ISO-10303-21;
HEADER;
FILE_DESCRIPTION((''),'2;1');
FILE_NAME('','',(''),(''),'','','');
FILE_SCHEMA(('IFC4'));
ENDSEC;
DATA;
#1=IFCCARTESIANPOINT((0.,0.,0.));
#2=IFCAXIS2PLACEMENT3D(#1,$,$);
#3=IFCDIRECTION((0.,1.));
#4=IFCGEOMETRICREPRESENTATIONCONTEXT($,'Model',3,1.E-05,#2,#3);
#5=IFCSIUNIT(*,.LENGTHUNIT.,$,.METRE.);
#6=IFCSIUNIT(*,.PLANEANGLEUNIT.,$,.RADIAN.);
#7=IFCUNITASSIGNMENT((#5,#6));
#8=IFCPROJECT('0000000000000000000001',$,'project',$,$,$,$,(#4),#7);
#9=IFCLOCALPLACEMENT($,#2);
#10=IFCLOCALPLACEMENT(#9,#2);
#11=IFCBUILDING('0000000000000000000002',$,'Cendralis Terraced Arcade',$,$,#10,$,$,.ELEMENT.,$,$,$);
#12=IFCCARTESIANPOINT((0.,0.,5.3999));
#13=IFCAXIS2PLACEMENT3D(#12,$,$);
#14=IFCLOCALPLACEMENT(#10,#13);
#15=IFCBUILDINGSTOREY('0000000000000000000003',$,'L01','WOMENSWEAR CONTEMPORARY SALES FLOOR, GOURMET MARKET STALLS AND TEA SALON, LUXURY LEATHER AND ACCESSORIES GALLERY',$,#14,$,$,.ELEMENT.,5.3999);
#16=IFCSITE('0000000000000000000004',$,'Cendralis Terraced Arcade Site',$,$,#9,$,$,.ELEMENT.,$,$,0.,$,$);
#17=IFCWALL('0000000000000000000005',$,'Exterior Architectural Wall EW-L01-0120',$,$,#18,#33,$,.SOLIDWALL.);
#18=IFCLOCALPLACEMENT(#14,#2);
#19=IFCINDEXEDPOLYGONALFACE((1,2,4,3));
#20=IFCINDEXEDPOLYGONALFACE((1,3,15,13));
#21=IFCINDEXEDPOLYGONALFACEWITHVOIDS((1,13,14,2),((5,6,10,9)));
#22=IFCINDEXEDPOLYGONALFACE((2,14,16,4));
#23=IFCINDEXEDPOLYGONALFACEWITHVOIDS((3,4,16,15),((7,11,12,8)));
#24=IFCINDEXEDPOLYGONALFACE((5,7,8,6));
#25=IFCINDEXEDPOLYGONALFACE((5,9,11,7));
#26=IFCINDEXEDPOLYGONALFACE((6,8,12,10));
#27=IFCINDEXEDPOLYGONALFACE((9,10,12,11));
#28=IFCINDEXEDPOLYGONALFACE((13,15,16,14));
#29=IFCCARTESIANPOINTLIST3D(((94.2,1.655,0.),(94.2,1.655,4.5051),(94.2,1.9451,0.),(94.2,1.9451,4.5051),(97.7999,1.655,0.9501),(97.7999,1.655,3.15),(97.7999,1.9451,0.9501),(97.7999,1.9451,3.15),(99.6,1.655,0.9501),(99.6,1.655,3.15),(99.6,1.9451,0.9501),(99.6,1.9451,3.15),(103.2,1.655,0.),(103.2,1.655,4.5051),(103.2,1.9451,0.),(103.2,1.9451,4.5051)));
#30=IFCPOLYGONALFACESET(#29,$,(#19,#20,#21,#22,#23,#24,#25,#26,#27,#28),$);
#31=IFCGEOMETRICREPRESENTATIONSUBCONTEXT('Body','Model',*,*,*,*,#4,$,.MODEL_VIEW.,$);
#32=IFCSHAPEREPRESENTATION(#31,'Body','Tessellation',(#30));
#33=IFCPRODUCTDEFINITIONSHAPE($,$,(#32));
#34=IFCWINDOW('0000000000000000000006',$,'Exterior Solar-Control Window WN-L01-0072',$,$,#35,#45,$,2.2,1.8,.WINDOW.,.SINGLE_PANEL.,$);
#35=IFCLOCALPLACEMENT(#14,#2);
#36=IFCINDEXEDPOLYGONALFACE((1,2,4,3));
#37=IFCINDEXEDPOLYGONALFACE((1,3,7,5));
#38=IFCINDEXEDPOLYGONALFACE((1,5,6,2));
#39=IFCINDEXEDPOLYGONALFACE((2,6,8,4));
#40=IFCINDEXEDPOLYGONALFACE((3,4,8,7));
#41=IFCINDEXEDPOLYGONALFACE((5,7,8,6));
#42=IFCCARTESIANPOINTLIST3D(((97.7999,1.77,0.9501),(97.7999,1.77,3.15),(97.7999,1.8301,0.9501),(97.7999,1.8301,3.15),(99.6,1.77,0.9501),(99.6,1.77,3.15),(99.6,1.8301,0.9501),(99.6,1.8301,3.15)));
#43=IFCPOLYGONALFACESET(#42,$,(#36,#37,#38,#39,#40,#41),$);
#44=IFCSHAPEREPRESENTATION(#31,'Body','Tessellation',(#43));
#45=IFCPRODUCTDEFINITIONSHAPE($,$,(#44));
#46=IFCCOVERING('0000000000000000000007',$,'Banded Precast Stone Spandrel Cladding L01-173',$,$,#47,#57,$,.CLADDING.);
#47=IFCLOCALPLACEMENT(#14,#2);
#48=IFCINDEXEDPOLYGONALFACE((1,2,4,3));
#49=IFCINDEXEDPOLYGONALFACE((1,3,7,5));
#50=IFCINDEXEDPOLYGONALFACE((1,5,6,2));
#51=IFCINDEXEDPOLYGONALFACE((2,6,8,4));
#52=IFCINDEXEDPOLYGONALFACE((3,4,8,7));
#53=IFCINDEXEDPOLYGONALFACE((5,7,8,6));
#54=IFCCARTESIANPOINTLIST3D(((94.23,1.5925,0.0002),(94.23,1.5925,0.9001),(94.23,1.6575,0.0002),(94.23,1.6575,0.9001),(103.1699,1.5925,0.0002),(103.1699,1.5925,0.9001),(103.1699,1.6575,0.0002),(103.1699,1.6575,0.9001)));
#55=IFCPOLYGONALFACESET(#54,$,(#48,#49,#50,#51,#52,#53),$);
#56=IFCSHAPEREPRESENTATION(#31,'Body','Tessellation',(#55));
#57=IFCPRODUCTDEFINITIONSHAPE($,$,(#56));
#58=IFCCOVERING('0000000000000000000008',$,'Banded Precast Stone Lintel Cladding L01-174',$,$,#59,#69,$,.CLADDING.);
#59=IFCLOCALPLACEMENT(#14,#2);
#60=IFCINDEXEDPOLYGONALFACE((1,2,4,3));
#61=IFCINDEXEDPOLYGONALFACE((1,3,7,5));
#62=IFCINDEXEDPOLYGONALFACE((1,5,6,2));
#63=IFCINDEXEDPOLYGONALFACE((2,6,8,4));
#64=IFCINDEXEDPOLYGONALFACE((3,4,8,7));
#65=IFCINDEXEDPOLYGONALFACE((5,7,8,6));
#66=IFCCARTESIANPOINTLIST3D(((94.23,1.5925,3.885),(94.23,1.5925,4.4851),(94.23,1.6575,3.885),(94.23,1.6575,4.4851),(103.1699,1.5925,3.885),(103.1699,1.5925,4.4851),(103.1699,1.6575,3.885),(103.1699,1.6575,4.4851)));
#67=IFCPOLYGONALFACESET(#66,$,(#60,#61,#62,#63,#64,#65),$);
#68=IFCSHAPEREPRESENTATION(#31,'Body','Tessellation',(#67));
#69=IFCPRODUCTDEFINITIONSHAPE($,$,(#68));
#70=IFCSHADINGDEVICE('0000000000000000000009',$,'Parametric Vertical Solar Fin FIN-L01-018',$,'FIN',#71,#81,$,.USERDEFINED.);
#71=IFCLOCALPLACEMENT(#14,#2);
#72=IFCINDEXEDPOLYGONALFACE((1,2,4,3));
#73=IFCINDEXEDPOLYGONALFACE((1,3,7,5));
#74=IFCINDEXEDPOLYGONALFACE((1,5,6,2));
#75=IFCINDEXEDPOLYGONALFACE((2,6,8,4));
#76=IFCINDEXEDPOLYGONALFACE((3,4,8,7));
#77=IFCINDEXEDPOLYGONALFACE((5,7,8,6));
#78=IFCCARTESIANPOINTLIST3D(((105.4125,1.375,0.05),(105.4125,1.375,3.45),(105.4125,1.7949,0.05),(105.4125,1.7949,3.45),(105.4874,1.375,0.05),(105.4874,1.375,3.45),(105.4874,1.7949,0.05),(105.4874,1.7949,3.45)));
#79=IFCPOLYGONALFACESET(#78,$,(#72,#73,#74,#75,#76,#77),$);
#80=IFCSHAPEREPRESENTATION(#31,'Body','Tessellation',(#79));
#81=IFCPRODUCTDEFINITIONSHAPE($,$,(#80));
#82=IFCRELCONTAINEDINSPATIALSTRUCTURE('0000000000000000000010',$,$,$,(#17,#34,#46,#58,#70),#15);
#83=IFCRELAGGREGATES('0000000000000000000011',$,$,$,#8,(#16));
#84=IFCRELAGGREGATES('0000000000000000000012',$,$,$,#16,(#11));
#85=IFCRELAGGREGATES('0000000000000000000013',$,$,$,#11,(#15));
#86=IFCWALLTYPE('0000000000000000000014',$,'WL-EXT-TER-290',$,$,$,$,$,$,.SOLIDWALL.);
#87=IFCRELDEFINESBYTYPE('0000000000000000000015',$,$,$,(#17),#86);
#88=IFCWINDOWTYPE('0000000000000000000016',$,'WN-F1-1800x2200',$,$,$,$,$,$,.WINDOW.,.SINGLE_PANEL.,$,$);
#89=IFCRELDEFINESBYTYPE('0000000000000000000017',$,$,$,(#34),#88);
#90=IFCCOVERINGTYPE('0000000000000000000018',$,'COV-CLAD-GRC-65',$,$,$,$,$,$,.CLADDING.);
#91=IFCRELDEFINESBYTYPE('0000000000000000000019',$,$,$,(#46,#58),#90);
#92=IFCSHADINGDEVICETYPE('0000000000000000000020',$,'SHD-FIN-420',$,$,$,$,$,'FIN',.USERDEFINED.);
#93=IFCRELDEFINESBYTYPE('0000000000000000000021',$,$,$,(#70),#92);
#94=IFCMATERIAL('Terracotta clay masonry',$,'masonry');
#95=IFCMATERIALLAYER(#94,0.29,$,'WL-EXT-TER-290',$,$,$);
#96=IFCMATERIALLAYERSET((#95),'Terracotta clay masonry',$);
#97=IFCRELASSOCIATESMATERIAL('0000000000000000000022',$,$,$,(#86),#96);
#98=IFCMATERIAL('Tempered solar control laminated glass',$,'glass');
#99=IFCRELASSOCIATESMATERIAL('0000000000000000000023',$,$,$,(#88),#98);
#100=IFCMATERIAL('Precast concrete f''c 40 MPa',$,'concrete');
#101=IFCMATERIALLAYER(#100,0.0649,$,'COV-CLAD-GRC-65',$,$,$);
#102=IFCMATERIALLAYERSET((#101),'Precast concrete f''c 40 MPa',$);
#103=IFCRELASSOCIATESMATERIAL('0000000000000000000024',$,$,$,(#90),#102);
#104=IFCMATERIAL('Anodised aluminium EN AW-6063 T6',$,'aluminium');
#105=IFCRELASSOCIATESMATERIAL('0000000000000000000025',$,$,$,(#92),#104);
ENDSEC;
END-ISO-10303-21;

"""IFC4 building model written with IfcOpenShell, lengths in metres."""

from ifc_helpers import new_model, si_unit, direction, frame, frame_2d, origin, origin_2d, place, context, subcontext, project, spatial, rectangle, extrude, material, layer, layer_set, type_object, element, fill, save


model = new_model("IFC4")

# Units and contexts
model_context = context("Model", 3, precision=1e-05, world=origin(), true_north=direction((0.0, 1.0)))
body_context = subcontext(model_context, "Body", "Model", "MODEL_VIEW")
ifc_project = project(units=[si_unit("LENGTHUNIT", "METRE"), si_unit("PLANEANGLEUNIT", "RADIAN")], contexts=[model_context])

# Site, building, storey
site_placement = place(None, origin())
site = spatial("IfcSite", under=ifc_project, at=site_placement, Name="Cendralis Terraced Arcade Site", CompositionType="ELEMENT", RefElevation=0.0)
building_placement = place(site_placement, origin())
building = spatial("IfcBuilding", under=site, at=building_placement, Name="Cendralis Terraced Arcade", CompositionType="ELEMENT")
storey_placement = place(building_placement, frame((0.0, 0.0, 5.3999)))
storey = spatial("IfcBuildingStorey", under=building, at=storey_placement, Name="L01", Description="WOMENSWEAR CONTEMPORARY SALES FLOOR, GOURMET MARKET STALLS AND TEA SALON, LUXURY LEATHER AND ACCESSORIES GALLERY", CompositionType="ELEMENT", Elevation=5.3999)

# Shared definitions
ifc_material_1 = material(Name="Anodised aluminium EN AW-6063 T6", Category="aluminium")

# Shared definitions
ifc_material_2 = material(Name="Tempered solar control laminated glass", Category="glass")

# Wall, opening, window
ifc_material_3 = material(Name="Terracotta clay masonry", Category="masonry")
ifc_layer_1 = layer(ifc_material_3, 0.29, Name="WL-EXT-TER-290")
ifc_layer_set_1 = layer_set([ifc_layer_1], Name="Terracotta clay masonry")
wall_type = type_object("IfcWallType", Name="WL-EXT-TER-290", PredefinedType="SOLIDWALL", material=ifc_layer_set_1)
wall_placement = place(storey_placement, frame((103.2, 1.8, 0.0), z_axis=(0.0, 0.0, 1.0), x_axis=(-1.0, 0.0, 0.0)))
wall = element("IfcWall", 1, at=wall_placement, inside=storey, type_object=wall_type, Name="Exterior Architectural Wall EW-L01-0120", PredefinedType="SOLIDWALL", context=body_context, shape_type="SweptSolid", body=[
    extrude(rectangle(XDim=9.0, YDim=0.29, at=frame_2d((4.5, 0.0))), origin(), (0.0, 0.0, 1.0), 4.5051),
])
opening_placement = place(wall_placement, frame((3.6001, 0.0, 0.95)))
opening = element("IfcOpeningElement", 2, at=opening_placement, cuts=wall, PredefinedType="OPENING", context=body_context, shape_type="SweptSolid", body=[
    extrude(rectangle(XDim=1.8, YDim=2.2, at=frame_2d((0.8999, 1.1001))), frame((0.0, 0.157, 0.0), z_axis=(0.0, -1.0, 0.0), x_axis=(1.0, 0.0, 0.0)), (0.0, 0.0, 1.0), 0.314),
])
window_type = type_object("IfcWindowType", Name="WN-F1-1800x2200", PartitioningType="SINGLE_PANEL", PredefinedType="WINDOW", material=ifc_material_2)
window_placement = place(opening_placement, origin())
window = element("IfcWindow", 3, at=window_placement, inside=storey, type_object=window_type, Name="Exterior Solar-Control Window WN-L01-0072", OverallHeight=2.2, OverallWidth=1.8, PartitioningType="SINGLE_PANEL", PredefinedType="WINDOW", context=body_context, shape_type="SweptSolid", body=[
    extrude(rectangle(XDim=1.8, YDim=2.2, at=frame_2d((0.8999, 1.1001))), frame((0.0, 0.03, 0.0), z_axis=(0.0, -1.0, 0.0), x_axis=(1.0, 0.0, 0.0)), (0.0, 0.0, 1.0), 0.0601),
])
fill(opening, window)

# Coverings
ifc_material_4 = material(Name="Precast concrete f'c 40 MPa", Category="concrete")
ifc_layer_2 = layer(ifc_material_4, 0.0649, Name="COV-CLAD-GRC-65")
ifc_layer_set_2 = layer_set([ifc_layer_2], Name="Precast concrete f'c 40 MPa")
covering_type = type_object("IfcCoveringType", Name="COV-CLAD-GRC-65", PredefinedType="CLADDING", material=ifc_layer_set_2)
covering_1_placement = place(storey_placement, frame((98.7, 1.625, 0.0002), z_axis=(0.0, 0.0, 1.0), x_axis=(-1.0, 0.0, 0.0)))
element("IfcCovering", 4, at=covering_1_placement, inside=storey, type_object=covering_type, Name="Banded Precast Stone Spandrel Cladding L01-173", PredefinedType="CLADDING", context=body_context, shape_type="SweptSolid", body=[
    extrude(rectangle(XDim=8.9399, YDim=0.0649, at=origin_2d()), origin(), (0.0, 0.0, 1.0), 0.8999),
])
covering_2_placement = place(storey_placement, frame((98.7, 1.625, 3.885), z_axis=(0.0, 0.0, 1.0), x_axis=(-1.0, 0.0, 0.0)))
element("IfcCovering", 5, at=covering_2_placement, inside=storey, type_object=covering_type, Name="Banded Precast Stone Lintel Cladding L01-174", PredefinedType="CLADDING", context=body_context, shape_type="SweptSolid", body=[
    extrude(rectangle(XDim=8.9399, YDim=0.0649, at=origin_2d()), origin(), (0.0, 0.0, 1.0), 0.6001),
])

# Shading device
shading_device_type = type_object("IfcShadingDeviceType", Name="SHD-FIN-420", ElementType="FIN", PredefinedType="USERDEFINED", material=ifc_material_1)
shading_device_placement = place(storey_placement, frame((105.45, 1.585, 0.05), z_axis=(0.0, 0.0, 1.0), x_axis=(-1.0, 0.0, 0.0)))
element("IfcShadingDevice", 6, at=shading_device_placement, inside=storey, type_object=shading_device_type, Name="Parametric Vertical Solar Fin FIN-L01-018", ObjectType="FIN", PredefinedType="USERDEFINED", context=body_context, shape_type="SweptSolid", body=[
    extrude(rectangle(XDim=0.075, YDim=0.4199, at=origin_2d()), origin(), (0.0, 0.0, 1.0), 3.3999),
])

save(model, "model.ifc")
